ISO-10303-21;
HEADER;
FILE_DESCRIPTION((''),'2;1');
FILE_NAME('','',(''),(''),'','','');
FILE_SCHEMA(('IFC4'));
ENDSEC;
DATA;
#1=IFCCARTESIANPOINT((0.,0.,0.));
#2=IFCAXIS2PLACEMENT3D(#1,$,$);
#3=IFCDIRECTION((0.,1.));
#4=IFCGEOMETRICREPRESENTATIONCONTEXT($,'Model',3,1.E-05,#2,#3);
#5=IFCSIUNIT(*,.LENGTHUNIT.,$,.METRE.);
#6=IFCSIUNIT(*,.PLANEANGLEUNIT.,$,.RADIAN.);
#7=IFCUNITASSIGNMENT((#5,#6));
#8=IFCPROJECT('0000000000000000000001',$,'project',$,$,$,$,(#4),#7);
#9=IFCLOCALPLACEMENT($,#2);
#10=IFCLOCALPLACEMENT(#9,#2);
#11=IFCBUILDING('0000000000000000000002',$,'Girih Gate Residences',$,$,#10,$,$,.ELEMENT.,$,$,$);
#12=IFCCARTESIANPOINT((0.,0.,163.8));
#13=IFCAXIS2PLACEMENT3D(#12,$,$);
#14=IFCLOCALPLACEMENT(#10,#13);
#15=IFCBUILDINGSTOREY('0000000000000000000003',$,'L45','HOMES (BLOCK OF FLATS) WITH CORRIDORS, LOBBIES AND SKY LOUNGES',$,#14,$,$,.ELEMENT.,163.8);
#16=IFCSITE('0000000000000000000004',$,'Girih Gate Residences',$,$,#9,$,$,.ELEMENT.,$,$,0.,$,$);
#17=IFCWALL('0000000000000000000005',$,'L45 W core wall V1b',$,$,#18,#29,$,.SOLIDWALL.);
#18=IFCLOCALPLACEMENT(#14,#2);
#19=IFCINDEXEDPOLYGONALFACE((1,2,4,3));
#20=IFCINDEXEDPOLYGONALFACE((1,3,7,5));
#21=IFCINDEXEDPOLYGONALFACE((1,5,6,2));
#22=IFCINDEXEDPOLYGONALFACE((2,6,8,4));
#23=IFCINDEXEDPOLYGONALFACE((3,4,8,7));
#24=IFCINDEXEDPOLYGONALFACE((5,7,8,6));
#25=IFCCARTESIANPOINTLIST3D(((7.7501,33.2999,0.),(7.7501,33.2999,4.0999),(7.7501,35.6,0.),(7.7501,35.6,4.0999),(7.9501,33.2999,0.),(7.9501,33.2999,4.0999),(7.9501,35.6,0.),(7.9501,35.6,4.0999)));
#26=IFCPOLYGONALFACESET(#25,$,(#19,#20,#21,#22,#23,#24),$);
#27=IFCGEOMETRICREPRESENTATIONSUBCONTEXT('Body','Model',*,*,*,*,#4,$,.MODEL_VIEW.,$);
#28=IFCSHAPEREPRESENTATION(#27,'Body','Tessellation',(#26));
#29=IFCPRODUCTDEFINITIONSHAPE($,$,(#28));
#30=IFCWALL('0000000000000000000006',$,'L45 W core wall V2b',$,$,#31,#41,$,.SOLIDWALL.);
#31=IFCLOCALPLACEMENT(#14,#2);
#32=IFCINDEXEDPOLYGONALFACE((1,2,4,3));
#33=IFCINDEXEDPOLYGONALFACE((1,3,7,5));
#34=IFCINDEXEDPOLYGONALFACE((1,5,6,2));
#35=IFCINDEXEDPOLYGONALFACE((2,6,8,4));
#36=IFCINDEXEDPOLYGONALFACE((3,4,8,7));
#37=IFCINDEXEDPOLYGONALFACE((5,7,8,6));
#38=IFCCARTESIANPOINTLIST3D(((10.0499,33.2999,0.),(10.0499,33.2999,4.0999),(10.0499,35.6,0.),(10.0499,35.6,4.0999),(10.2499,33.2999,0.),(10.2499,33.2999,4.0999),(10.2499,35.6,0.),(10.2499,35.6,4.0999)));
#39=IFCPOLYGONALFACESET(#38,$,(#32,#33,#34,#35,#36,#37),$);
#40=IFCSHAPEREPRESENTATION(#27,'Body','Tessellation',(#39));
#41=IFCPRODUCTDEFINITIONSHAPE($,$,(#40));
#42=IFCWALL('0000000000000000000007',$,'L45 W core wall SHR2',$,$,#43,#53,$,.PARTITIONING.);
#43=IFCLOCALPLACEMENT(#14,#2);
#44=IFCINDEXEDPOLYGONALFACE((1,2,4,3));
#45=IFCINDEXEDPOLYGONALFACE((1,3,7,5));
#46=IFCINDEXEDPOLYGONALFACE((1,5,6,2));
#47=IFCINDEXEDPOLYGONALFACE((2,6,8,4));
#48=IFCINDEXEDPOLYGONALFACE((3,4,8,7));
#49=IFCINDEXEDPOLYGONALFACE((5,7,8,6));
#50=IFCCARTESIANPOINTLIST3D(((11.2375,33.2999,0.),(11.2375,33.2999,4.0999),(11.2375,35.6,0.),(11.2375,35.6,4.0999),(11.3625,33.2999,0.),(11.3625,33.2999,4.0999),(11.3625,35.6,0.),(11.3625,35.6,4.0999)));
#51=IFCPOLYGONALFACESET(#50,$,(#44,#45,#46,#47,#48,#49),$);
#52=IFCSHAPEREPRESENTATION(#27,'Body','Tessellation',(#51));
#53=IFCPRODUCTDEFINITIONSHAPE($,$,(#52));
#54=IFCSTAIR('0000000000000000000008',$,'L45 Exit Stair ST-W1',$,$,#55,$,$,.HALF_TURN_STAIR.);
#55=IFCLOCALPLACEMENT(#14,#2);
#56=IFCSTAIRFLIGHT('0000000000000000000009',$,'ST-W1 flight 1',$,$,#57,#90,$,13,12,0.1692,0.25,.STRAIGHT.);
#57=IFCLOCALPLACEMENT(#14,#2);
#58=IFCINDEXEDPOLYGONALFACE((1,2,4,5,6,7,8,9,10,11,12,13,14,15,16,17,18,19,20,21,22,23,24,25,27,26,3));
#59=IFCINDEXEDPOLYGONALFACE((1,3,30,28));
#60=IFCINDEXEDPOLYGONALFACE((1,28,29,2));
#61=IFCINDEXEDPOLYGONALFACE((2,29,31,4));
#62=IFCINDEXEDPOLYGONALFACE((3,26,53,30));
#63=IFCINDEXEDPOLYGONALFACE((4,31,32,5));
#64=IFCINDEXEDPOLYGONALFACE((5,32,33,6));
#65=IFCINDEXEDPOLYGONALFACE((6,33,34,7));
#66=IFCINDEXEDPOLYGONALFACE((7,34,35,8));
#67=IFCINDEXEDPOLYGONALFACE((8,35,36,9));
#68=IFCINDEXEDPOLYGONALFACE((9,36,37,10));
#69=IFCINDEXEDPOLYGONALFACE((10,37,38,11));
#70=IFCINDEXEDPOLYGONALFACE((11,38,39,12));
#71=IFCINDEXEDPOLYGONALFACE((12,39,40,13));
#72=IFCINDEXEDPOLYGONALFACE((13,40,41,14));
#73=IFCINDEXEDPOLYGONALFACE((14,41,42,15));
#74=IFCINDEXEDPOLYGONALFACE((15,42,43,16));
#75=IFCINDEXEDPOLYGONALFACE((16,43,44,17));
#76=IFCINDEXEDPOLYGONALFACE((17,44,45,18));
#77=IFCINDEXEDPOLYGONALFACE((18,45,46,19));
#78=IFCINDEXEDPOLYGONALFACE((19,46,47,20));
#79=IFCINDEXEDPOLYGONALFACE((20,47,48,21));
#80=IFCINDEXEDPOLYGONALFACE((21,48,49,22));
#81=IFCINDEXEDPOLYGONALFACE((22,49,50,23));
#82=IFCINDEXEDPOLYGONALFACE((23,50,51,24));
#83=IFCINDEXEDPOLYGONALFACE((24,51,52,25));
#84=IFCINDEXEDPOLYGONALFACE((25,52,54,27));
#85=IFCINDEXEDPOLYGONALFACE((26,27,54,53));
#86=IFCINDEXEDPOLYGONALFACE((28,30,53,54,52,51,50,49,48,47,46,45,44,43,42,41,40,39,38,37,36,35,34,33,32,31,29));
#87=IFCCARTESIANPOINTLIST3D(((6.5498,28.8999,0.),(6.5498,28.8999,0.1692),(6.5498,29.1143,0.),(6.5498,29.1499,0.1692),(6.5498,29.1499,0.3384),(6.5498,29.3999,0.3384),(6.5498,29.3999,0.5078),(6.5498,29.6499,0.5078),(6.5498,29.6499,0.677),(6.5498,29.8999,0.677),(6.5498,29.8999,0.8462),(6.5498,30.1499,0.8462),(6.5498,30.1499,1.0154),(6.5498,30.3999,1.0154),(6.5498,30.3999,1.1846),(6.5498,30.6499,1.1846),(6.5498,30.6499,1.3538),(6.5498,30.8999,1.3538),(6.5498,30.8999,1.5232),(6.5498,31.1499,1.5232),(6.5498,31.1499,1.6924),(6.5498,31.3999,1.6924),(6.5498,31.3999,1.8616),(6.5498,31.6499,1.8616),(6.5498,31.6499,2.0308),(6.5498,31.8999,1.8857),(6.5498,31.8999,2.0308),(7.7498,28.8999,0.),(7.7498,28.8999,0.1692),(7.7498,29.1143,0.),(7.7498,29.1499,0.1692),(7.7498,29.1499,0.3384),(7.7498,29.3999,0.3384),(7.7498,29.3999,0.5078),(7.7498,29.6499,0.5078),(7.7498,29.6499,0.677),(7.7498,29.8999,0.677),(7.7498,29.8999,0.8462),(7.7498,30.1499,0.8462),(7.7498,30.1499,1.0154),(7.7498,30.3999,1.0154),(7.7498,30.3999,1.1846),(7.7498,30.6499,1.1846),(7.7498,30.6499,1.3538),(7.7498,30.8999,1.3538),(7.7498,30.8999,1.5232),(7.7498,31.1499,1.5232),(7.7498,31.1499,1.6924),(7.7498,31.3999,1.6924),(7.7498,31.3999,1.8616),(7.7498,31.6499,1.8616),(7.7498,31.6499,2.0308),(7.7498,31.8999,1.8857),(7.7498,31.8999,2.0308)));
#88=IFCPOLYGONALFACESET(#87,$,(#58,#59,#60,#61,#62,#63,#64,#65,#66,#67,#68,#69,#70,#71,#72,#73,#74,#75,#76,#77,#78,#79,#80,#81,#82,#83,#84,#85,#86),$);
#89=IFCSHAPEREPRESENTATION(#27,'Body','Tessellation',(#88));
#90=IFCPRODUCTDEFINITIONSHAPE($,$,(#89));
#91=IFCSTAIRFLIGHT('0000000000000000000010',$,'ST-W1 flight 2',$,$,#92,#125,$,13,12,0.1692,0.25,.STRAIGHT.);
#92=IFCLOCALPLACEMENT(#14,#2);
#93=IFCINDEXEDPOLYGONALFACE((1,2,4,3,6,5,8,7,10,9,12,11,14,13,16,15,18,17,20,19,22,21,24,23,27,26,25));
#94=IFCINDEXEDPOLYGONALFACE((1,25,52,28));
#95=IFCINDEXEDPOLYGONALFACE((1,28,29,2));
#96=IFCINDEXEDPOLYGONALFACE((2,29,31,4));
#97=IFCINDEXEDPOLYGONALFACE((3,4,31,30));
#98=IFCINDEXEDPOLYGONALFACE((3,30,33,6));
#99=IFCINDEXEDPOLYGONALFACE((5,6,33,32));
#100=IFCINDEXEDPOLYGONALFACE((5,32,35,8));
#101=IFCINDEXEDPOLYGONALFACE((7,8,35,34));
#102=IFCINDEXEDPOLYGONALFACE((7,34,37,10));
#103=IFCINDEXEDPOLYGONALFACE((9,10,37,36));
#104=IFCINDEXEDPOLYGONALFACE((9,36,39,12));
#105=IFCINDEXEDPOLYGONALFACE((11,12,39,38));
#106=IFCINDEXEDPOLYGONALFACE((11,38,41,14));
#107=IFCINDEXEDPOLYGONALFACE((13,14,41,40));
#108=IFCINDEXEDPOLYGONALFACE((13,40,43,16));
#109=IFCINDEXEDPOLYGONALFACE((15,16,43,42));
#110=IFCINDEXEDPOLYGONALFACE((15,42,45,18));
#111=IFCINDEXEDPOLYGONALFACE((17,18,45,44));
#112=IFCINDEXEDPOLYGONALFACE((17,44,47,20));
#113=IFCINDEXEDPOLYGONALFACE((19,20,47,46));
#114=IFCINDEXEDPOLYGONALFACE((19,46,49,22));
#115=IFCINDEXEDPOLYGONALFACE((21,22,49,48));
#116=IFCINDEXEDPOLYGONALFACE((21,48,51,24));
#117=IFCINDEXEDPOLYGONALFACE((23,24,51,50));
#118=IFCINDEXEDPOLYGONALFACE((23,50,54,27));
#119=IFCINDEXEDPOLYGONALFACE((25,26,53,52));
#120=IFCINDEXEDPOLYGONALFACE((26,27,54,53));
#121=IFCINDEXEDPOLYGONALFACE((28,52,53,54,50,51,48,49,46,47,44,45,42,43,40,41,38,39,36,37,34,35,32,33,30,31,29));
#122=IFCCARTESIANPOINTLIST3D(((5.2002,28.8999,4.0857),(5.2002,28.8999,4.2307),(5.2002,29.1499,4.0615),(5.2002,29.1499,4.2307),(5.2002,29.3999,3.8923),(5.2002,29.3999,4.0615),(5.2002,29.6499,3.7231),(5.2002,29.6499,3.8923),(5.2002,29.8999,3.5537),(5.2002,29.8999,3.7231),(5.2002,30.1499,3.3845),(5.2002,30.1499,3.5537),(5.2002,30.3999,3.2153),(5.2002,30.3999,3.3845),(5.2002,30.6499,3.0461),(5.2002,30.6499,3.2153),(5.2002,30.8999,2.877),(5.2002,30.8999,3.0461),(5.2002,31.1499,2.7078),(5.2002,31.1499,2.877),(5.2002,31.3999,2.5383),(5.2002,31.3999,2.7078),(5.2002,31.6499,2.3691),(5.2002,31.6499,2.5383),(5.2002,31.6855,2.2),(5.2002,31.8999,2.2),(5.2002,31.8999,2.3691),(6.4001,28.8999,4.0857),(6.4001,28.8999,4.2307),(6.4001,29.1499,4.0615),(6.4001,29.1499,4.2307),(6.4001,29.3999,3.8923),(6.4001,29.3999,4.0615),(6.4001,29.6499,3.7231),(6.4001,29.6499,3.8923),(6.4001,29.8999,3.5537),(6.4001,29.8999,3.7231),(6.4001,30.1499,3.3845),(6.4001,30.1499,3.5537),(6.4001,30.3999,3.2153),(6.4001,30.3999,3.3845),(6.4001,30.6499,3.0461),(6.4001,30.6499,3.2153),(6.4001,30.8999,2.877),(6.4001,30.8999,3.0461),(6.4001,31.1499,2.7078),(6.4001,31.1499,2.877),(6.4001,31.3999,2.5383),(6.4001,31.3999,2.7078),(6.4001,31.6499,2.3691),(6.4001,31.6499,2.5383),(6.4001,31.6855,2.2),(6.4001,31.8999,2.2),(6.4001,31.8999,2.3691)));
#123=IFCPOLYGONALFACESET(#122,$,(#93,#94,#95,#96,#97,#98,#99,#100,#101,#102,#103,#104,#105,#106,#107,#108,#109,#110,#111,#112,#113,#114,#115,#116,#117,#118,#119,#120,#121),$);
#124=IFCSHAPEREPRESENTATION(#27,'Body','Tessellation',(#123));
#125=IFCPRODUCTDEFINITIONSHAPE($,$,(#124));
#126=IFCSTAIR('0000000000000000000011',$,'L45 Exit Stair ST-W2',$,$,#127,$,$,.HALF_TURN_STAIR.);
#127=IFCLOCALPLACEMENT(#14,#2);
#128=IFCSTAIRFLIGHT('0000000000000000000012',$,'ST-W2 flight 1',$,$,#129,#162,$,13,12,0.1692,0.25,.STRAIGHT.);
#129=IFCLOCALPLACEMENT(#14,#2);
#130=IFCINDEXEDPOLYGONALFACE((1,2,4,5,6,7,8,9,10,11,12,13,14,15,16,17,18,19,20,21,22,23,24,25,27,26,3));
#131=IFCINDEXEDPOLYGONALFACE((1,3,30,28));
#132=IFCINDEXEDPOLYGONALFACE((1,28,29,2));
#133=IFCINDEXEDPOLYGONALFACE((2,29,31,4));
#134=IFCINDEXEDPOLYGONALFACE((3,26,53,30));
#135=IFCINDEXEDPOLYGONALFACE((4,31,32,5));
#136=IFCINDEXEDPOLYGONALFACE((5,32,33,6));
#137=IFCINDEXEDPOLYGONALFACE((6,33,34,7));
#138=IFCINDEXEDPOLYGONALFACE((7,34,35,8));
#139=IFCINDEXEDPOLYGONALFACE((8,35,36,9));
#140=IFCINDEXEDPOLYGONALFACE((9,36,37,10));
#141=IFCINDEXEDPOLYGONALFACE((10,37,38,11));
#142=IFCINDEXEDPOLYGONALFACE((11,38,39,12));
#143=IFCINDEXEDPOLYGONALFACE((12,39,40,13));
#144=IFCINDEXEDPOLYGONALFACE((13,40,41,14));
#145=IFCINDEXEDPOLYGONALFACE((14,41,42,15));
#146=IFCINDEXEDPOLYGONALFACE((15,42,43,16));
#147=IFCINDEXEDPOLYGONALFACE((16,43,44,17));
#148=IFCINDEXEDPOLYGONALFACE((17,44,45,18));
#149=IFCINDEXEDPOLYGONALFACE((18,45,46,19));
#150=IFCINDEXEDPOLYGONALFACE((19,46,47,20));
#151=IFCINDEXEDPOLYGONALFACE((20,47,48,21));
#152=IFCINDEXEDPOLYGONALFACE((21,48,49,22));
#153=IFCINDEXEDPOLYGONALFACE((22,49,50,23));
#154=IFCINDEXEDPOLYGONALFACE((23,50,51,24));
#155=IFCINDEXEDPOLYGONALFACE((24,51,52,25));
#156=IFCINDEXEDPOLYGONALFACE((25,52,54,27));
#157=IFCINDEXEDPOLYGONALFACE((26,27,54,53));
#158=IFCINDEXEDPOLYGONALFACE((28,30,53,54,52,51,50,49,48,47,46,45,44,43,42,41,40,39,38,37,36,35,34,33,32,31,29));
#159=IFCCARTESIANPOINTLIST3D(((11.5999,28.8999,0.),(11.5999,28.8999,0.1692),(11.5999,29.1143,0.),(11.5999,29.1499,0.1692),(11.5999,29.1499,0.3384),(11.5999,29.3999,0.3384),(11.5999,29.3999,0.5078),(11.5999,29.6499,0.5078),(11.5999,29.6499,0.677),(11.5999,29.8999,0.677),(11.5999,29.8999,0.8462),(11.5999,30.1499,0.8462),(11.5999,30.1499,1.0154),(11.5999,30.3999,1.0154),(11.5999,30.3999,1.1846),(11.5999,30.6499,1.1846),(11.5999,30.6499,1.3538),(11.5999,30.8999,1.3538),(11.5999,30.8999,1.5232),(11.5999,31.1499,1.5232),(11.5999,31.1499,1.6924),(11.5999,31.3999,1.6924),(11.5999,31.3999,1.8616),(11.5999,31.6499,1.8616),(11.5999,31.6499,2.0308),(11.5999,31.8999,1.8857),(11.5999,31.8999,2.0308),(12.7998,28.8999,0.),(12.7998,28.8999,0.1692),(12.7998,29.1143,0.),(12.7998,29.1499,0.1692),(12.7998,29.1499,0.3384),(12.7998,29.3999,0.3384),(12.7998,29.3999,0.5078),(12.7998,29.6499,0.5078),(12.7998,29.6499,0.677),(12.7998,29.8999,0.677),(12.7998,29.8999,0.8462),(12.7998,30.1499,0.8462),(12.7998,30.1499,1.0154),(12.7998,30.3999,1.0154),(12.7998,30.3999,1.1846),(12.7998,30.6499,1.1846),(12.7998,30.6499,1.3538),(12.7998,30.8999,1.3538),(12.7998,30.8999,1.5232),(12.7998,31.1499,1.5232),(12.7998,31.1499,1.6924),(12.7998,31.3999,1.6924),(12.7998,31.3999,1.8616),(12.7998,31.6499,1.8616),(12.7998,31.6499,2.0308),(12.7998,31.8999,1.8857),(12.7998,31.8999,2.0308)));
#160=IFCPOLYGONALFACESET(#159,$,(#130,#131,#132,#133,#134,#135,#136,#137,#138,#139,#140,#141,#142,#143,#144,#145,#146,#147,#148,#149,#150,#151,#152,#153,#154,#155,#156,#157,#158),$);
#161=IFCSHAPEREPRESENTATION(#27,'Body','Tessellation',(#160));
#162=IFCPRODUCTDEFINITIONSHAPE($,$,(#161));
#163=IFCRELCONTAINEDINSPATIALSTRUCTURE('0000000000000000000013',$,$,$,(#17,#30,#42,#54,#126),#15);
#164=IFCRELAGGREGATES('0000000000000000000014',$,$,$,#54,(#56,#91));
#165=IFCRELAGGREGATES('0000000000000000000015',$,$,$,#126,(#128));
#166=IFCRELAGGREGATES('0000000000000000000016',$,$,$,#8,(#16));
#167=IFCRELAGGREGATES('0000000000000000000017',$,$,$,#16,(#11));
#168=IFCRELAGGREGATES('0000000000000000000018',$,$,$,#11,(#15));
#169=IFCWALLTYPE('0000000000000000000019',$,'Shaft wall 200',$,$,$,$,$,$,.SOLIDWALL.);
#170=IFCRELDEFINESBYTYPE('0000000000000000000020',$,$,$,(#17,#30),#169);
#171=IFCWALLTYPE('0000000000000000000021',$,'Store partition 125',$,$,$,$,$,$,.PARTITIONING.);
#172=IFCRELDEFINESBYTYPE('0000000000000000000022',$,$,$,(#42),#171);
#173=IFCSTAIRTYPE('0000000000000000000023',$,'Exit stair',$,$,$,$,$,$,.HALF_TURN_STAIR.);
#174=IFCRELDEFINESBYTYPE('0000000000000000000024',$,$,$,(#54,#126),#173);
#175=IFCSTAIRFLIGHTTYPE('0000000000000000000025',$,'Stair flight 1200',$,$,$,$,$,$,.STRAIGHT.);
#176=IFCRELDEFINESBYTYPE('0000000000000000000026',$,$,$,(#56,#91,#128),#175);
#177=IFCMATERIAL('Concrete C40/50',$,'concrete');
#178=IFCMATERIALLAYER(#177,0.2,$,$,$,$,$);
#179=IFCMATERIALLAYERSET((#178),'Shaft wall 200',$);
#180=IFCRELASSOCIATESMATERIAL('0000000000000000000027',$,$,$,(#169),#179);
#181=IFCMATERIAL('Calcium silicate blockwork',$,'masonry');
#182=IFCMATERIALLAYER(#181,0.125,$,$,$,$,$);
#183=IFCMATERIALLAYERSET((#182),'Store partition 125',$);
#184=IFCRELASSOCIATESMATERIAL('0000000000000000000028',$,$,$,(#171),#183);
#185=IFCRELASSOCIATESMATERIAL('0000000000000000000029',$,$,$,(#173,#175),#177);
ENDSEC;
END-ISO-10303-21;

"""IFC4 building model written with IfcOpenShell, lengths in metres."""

from ifc_helpers import new_model, si_unit, direction, frame, frame_2d, origin, place, context, subcontext, project, spatial, polyline, rectangle, outline, extrude, material, layer, layer_set, type_object, element, aggregate, save


model = new_model("IFC4")

# Units and contexts
model_context = context("Model", 3, precision=1e-05, world=origin(), true_north=direction((0.0, 1.0)))
body_context = subcontext(model_context, "Body", "Model", "MODEL_VIEW")
ifc_project = project(units=[si_unit("LENGTHUNIT", "METRE"), si_unit("PLANEANGLEUNIT", "RADIAN")], contexts=[model_context])

# Site, building, storey
site_placement = place(None, origin())
site = spatial("IfcSite", under=ifc_project, at=site_placement, Name="Girih Gate Residences", CompositionType="ELEMENT", RefElevation=0.0)
building_placement = place(site_placement, origin())
building = spatial("IfcBuilding", under=site, at=building_placement, Name="Girih Gate Residences", CompositionType="ELEMENT")
storey_placement = place(building_placement, frame((0.0, 0.0, 163.8)))
storey = spatial("IfcBuildingStorey", under=building, at=storey_placement, Name="L45", Description="HOMES (BLOCK OF FLATS) WITH CORRIDORS, LOBBIES AND SKY LOUNGES", CompositionType="ELEMENT", Elevation=163.8)

# Shared definitions
ifc_material_1 = material(Name="Concrete C40/50", Category="concrete")
ifc_layer_1 = layer(ifc_material_1, 0.2)
ifc_layer_set_1 = layer_set([ifc_layer_1], Name="Shaft wall 200")
wall_type_1 = type_object("IfcWallType", Name="Shaft wall 200", PredefinedType="SOLIDWALL", material=ifc_layer_set_1)

# Walls
for number, where, z_axis, x_axis, name in (
    (1, (7.8501, 33.3, 0.0), (0.0, 0.0, 1.0), (0.0, 1.0, 0.0), "L45 W core wall V1b"),
    (2, (10.1499, 33.3, 0.0), (0.0, 0.0, 1.0), (0.0, 1.0, 0.0), "L45 W core wall V2b"),
):
    element("IfcWall", number, at=place(storey_placement, frame(where, z_axis=z_axis, x_axis=x_axis)), inside=storey, type_object=wall_type_1, Name=name, PredefinedType="SOLIDWALL", context=body_context, shape_type="SweptSolid", body=[
        extrude(rectangle(XDim=2.3, YDim=0.2, at=frame_2d((1.1499, 0.0))), origin(), (0.0, 0.0, 1.0), 4.0999),
    ])
ifc_material_2 = material(Name="Calcium silicate blockwork", Category="masonry")
ifc_layer_2 = layer(ifc_material_2, 0.125)
ifc_layer_set_2 = layer_set([ifc_layer_2], Name="Store partition 125")
wall_type_2 = type_object("IfcWallType", Name="Store partition 125", PredefinedType="PARTITIONING", material=ifc_layer_set_2)
wall_1_placement = place(storey_placement, frame((11.3, 33.3, 0.0), z_axis=(0.0, 0.0, 1.0), x_axis=(0.0, 1.0, 0.0)))
element("IfcWall", 3, at=wall_1_placement, inside=storey, type_object=wall_type_2, Name="L45 W core wall SHR2", PredefinedType="PARTITIONING", context=body_context, shape_type="SweptSolid", body=[
    extrude(rectangle(XDim=2.3, YDim=0.125, at=frame_2d((1.1499, 0.0))), origin(), (0.0, 0.0, 1.0), 4.0999),
])

# Stairs, stair flights
stair_type = type_object("IfcStairType", Name="Exit stair", PredefinedType="HALF_TURN_STAIR", material=ifc_material_1)
stair_1_placement = place(storey_placement, origin())
stair_1 = element("IfcStair", 4, at=stair_1_placement, inside=storey, type_object=stair_type, Name="L45 Exit Stair ST-W1", PredefinedType="HALF_TURN_STAIR")
stair_flight_type = type_object("IfcStairFlightType", Name="Stair flight 1200", PredefinedType="STRAIGHT", material=ifc_material_1)
stair_flight_1_placement = place(storey_placement, frame((7.1499, 28.8999, 0.0), z_axis=(0.0, 0.0, 1.0), x_axis=(0.0, 1.0, 0.0)))
stair_flight_1 = element("IfcStairFlight", 5, at=stair_flight_1_placement, type_object=stair_flight_type, Name="ST-W1 flight 1", NumberOfRisers=13, NumberOfTreads=12, PredefinedType="STRAIGHT", RiserHeight=0.1692, TreadLength=0.25, context=body_context, shape_type="SweptSolid", body=[
    extrude(outline(polyline([(0.0, 0.0), (0.0, 0.1692), (0.25, 0.1692), (0.25, 0.3384), (0.5, 0.3384), (0.5, 0.5078), (0.75, 0.5078), (0.75, 0.677), (1.0, 0.677), (1.0, 0.8462), (1.25, 0.8462), (1.25, 1.0154), (1.5, 1.0154), (1.5, 1.1846), (1.75, 1.1846), (1.75, 1.3538), (2.0, 1.3538), (2.0, 1.5232), (2.25, 1.5232), (2.25, 1.6924), (2.5, 1.6924), (2.5, 1.8616), (2.75, 1.8616), (2.75, 2.0308), (3.0, 2.0308), (3.0, 2.2), (3.0, 1.8857), (0.2144, 0.0), (0.0, 0.0)])), frame((0.0, 0.6001, 0.0), z_axis=(0.0, -1.0, 0.0), x_axis=(1.0, 0.0, 0.0)), (0.0, 0.0, 1.0), 1.2),
])
stair_flight_2_placement = place(storey_placement, frame((5.8, 31.8999, 2.2), z_axis=(0.0, 0.0, 1.0), x_axis=(0.0, -1.0, 0.0)))
stair_flight_2 = element("IfcStairFlight", 6, at=stair_flight_2_placement, type_object=stair_flight_type, Name="ST-W1 flight 2", NumberOfRisers=13, NumberOfTreads=12, PredefinedType="STRAIGHT", RiserHeight=0.1692, TreadLength=0.25, context=body_context, shape_type="SweptSolid", body=[
    extrude(outline(polyline([(0.0, 0.0), (0.0, 0.1692), (0.25, 0.1692), (0.25, 0.3384), (0.5, 0.3384), (0.5, 0.5078), (0.75, 0.5078), (0.75, 0.677), (1.0, 0.677), (1.0, 0.8462), (1.25, 0.8462), (1.25, 1.0154), (1.5, 1.0154), (1.5, 1.1846), (1.75, 1.1846), (1.75, 1.3538), (2.0, 1.3538), (2.0, 1.5232), (2.25, 1.5232), (2.25, 1.6924), (2.5, 1.6924), (2.5, 1.8616), (2.75, 1.8616), (2.75, 2.0308), (3.0, 2.0308), (3.0, 2.2), (3.0, 1.8857), (0.2144, 0.0), (0.0, 0.0)])), frame((0.0, 0.6001, 0.0), z_axis=(0.0, -1.0, 0.0), x_axis=(1.0, 0.0, 0.0)), (0.0, 0.0, 1.0), 1.2),
])
aggregate(stair_1, [stair_flight_1, stair_flight_2])
stair_2_placement = place(storey_placement, origin())
stair_2 = element("IfcStair", 7, at=stair_2_placement, inside=storey, type_object=stair_type, Name="L45 Exit Stair ST-W2", PredefinedType="HALF_TURN_STAIR")
stair_flight_3_placement = place(storey_placement, frame((12.2, 28.8999, 0.0), z_axis=(0.0, 0.0, 1.0), x_axis=(0.0, 1.0, 0.0)))
stair_flight_3 = element("IfcStairFlight", 8, at=stair_flight_3_placement, type_object=stair_flight_type, Name="ST-W2 flight 1", NumberOfRisers=13, NumberOfTreads=12, PredefinedType="STRAIGHT", RiserHeight=0.1692, TreadLength=0.25, context=body_context, shape_type="SweptSolid", body=[
    extrude(outline(polyline([(0.0, 0.0), (0.0, 0.1692), (0.25, 0.1692), (0.25, 0.3384), (0.5, 0.3384), (0.5, 0.5078), (0.75, 0.5078), (0.75, 0.677), (1.0, 0.677), (1.0, 0.8462), (1.25, 0.8462), (1.25, 1.0154), (1.5, 1.0154), (1.5, 1.1846), (1.75, 1.1846), (1.75, 1.3538), (2.0, 1.3538), (2.0, 1.5232), (2.25, 1.5232), (2.25, 1.6924), (2.5, 1.6924), (2.5, 1.8616), (2.75, 1.8616), (2.75, 2.0308), (3.0, 2.0308), (3.0, 2.2), (3.0, 1.8857), (0.2144, 0.0), (0.0, 0.0)])), frame((0.0, 0.6001, 0.0), z_axis=(0.0, -1.0, 0.0), x_axis=(1.0, 0.0, 0.0)), (0.0, 0.0, 1.0), 1.2),
])
aggregate(stair_2, [stair_flight_3])

save(model, "model.ifc")
